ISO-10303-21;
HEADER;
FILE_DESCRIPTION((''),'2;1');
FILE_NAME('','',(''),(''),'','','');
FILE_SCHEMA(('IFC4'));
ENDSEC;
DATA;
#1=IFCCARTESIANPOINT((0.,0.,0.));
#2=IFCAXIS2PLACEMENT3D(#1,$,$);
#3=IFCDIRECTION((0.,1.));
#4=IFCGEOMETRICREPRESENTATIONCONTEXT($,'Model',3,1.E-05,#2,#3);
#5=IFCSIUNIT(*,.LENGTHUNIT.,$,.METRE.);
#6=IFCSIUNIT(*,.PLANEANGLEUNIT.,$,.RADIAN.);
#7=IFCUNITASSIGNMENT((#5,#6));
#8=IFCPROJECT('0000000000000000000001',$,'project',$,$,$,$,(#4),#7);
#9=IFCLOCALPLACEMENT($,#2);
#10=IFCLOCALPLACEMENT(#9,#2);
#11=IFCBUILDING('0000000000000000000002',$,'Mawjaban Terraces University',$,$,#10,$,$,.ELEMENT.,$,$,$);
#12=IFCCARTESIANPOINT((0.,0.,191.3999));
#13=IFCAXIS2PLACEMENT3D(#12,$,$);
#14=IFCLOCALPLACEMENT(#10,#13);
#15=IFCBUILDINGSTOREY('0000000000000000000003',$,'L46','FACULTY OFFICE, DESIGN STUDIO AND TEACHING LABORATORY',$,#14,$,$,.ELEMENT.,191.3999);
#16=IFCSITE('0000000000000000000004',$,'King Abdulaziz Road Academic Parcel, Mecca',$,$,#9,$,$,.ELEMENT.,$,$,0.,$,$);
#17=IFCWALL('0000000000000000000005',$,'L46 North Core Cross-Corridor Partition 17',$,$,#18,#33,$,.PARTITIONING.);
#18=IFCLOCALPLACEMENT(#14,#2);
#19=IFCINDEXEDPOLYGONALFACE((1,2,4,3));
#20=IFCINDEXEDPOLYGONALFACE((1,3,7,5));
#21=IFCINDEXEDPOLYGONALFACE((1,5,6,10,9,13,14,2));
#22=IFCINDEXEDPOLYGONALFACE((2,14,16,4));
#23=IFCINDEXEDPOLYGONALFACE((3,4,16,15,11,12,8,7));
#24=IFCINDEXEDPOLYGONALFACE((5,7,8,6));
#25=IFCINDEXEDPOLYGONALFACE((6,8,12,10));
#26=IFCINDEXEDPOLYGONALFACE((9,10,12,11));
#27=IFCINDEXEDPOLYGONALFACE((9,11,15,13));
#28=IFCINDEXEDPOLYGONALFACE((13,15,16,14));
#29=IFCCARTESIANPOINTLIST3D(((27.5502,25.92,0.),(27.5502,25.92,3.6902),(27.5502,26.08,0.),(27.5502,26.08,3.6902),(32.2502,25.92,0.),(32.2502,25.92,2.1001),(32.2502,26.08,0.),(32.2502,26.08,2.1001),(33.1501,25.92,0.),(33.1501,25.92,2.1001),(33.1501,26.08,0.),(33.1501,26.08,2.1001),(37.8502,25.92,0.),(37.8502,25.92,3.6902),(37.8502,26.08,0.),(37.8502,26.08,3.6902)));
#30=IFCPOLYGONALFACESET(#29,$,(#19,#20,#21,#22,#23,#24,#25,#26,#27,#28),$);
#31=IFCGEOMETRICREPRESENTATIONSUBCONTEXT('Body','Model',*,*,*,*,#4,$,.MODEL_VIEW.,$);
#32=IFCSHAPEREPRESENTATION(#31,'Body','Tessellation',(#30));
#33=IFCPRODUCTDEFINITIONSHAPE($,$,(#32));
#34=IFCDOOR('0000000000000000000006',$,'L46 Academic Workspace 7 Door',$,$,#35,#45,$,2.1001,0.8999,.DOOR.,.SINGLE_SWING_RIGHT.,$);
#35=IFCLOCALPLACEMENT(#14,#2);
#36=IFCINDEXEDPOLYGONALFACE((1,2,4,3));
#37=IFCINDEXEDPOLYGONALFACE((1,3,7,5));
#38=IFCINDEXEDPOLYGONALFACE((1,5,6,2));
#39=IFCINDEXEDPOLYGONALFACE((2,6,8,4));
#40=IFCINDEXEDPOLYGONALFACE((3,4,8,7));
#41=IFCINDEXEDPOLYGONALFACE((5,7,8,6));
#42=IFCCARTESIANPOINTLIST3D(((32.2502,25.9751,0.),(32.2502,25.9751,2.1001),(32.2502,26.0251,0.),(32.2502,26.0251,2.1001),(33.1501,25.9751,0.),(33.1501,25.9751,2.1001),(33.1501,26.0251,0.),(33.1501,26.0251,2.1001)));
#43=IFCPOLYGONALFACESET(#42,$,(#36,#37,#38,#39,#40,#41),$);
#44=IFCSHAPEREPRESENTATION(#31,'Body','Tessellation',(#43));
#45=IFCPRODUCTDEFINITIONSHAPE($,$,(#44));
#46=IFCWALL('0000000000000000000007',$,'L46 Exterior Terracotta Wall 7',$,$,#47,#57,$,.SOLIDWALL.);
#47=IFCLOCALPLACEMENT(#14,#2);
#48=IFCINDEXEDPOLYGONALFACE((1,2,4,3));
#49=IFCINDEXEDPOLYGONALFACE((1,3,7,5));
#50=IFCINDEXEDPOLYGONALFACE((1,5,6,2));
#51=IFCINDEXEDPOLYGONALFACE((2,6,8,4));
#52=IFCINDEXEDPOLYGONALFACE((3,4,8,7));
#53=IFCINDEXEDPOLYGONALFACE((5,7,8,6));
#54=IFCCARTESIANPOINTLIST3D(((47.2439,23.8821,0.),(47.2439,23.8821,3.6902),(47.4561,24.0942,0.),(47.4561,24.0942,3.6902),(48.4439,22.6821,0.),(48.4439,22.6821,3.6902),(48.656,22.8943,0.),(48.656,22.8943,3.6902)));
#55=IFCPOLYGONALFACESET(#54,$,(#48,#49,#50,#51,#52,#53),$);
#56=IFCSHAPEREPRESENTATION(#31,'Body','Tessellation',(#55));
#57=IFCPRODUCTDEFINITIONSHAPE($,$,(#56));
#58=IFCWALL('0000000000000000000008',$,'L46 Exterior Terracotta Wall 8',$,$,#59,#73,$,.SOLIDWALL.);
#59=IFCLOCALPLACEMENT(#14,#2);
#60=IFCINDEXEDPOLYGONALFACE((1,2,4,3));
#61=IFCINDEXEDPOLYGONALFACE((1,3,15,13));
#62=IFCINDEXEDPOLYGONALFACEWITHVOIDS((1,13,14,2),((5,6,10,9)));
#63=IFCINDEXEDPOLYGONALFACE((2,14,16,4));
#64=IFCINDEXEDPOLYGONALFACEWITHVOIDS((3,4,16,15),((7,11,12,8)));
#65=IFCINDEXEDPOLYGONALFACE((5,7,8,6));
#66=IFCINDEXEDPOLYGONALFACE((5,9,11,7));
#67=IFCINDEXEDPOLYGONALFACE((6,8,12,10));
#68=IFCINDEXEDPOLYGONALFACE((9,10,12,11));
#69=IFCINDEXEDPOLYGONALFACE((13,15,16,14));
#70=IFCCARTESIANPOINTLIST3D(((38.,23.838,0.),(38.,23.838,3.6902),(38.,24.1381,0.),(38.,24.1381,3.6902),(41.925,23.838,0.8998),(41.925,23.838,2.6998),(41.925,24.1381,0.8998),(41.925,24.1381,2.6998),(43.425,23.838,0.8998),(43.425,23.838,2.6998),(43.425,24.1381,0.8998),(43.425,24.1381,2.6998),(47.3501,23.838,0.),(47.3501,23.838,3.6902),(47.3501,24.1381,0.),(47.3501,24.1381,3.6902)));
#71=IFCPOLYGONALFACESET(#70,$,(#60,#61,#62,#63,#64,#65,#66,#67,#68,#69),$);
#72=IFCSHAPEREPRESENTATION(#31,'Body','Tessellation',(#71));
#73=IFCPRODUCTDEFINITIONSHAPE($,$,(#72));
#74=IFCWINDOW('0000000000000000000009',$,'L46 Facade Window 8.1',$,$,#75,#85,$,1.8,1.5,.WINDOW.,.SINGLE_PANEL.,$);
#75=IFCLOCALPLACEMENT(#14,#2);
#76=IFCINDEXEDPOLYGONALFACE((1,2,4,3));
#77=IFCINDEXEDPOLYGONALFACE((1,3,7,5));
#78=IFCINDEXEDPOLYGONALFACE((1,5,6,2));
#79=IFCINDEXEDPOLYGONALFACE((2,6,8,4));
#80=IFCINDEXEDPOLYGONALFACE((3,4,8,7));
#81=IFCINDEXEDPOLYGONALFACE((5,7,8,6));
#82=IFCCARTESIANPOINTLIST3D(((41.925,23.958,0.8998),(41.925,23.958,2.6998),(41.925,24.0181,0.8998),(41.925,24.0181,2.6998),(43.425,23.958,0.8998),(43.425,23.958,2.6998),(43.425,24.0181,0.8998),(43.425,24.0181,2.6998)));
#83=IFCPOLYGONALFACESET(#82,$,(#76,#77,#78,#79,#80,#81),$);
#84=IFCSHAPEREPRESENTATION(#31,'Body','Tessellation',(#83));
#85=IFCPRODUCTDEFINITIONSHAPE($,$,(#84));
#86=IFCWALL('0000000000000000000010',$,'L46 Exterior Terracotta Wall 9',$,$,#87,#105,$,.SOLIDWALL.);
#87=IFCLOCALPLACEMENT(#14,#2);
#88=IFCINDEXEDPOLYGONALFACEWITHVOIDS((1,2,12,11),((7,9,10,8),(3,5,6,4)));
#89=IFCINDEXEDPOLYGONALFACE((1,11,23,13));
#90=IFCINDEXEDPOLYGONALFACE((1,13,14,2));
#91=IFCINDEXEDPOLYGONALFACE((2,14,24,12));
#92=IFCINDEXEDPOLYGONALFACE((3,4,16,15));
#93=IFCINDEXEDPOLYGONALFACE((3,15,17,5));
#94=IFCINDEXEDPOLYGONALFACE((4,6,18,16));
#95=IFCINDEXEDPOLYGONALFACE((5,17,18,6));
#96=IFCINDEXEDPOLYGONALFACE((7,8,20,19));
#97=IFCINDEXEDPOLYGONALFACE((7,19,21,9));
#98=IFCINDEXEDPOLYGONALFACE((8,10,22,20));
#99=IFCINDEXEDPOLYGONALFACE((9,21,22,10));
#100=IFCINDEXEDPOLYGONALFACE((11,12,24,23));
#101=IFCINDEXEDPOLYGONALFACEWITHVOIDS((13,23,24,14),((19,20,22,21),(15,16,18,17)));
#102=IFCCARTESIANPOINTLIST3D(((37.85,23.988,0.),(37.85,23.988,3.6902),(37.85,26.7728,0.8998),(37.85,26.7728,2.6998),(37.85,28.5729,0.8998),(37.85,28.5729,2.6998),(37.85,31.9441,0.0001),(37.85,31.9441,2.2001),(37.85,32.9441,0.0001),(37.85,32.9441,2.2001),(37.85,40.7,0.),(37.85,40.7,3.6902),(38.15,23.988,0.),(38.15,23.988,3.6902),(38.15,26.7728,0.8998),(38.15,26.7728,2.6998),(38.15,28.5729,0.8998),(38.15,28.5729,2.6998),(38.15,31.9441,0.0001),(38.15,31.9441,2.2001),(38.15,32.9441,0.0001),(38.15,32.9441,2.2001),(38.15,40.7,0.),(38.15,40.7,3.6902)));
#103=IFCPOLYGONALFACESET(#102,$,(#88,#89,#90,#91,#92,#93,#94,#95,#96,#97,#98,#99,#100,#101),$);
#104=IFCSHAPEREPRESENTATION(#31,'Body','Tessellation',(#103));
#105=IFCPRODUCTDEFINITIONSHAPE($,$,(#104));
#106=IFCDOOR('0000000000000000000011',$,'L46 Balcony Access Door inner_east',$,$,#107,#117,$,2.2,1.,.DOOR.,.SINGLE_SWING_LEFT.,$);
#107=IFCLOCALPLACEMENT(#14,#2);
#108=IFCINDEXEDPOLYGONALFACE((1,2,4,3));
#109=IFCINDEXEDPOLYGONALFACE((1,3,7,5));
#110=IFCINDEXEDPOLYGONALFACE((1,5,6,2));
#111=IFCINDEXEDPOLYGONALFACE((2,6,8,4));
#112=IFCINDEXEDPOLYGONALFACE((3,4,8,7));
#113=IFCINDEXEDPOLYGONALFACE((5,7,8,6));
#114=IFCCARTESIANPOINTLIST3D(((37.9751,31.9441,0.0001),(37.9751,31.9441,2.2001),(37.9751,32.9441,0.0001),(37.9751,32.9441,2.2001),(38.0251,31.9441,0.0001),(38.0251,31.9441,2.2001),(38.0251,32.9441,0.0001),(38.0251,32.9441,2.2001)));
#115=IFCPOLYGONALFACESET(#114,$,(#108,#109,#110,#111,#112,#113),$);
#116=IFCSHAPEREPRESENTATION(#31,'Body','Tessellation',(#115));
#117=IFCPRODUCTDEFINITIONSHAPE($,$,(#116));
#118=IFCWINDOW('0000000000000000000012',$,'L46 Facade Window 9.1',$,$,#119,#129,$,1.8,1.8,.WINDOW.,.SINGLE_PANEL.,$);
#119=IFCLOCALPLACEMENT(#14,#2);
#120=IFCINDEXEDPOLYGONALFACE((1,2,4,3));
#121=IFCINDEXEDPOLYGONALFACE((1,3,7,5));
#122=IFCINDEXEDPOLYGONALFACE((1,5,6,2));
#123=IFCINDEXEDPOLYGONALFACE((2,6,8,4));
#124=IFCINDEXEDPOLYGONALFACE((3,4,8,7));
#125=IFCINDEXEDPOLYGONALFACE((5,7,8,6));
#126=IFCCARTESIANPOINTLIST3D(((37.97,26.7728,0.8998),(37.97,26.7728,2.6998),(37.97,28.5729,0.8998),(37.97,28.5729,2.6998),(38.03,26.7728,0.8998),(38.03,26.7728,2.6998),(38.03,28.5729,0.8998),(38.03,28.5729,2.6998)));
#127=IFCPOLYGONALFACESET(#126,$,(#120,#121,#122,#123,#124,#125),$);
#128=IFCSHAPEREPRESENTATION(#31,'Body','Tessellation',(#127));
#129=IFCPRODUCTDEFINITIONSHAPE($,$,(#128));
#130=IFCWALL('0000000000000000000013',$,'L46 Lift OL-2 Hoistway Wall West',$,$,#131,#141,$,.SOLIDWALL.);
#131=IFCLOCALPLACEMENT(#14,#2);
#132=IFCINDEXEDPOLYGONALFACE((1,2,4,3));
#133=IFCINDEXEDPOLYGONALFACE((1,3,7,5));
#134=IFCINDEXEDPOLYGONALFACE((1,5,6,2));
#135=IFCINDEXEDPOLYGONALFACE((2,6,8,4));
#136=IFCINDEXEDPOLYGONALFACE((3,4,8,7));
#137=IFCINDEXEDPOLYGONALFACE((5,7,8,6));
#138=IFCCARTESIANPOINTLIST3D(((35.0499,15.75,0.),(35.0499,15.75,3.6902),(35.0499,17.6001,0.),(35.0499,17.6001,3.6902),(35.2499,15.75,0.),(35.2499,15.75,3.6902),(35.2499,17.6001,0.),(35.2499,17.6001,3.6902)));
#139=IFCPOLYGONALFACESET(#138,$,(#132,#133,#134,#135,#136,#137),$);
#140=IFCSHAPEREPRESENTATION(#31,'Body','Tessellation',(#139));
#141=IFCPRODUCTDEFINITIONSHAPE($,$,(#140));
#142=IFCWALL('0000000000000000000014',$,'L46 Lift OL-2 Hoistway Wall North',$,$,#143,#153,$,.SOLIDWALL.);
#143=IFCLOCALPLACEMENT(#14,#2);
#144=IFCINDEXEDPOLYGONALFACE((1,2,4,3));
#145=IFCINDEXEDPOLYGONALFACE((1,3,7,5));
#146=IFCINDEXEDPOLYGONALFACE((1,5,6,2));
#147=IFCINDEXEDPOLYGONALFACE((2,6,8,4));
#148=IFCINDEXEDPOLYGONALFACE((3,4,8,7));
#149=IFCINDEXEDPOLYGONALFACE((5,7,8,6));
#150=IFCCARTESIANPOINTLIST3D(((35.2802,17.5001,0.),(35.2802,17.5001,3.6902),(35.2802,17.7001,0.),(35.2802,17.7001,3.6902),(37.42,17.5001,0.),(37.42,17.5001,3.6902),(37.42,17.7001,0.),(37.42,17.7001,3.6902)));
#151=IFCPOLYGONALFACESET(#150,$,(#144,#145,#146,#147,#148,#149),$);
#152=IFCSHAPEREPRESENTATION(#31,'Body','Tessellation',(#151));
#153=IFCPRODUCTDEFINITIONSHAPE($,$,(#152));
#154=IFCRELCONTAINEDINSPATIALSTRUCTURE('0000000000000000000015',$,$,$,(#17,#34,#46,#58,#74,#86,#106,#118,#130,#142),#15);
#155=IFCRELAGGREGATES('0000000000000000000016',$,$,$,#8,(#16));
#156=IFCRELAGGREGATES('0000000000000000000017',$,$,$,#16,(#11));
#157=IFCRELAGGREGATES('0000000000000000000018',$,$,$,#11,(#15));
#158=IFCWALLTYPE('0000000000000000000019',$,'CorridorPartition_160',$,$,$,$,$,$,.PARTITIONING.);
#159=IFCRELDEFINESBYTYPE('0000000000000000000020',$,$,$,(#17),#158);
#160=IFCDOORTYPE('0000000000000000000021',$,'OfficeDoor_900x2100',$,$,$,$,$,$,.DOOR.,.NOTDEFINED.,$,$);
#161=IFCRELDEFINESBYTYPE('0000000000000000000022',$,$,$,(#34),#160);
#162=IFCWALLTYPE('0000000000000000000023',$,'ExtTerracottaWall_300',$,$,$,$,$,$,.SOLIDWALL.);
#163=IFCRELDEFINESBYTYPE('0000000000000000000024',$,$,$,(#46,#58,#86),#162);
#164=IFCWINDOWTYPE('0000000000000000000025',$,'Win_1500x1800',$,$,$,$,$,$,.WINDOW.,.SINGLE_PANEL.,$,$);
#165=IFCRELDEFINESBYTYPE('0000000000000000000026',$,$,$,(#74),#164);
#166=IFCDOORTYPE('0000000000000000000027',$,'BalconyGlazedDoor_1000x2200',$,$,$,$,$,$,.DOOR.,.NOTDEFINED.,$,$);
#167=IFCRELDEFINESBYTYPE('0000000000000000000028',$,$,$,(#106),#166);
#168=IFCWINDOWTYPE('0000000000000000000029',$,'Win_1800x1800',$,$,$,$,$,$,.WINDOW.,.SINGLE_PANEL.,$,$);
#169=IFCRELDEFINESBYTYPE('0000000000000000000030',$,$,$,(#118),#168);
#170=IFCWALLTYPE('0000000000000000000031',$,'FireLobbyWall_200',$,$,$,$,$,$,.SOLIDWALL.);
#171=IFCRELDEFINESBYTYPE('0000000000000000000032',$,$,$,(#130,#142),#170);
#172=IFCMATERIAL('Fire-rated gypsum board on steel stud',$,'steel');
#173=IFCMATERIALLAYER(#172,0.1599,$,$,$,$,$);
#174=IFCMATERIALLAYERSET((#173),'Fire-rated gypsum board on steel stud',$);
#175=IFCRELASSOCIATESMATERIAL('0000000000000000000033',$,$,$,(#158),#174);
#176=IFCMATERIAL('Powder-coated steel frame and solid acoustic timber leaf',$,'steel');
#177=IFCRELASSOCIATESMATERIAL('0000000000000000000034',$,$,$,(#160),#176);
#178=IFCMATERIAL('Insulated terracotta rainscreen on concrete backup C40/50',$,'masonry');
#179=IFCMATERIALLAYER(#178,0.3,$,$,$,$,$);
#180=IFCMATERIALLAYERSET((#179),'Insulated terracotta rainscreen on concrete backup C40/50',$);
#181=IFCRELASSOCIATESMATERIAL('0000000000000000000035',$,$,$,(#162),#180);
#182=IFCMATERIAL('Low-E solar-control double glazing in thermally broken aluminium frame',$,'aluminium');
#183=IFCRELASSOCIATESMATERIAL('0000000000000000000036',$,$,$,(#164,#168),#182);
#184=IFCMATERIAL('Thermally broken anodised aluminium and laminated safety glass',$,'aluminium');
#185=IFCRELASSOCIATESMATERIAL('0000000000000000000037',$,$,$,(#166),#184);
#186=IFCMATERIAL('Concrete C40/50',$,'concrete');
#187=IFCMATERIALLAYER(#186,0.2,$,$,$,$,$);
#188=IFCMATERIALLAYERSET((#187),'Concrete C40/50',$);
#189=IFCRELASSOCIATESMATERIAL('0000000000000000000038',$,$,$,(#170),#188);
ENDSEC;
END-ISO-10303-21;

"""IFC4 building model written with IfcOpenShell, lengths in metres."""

from ifc_helpers import new_model, si_unit, direction, frame, frame_2d, origin, place, context, subcontext, project, spatial, rectangle, extrude, material, layer, layer_set, type_object, element, fill, save


model = new_model("IFC4")

# Units and contexts
model_context = context("Model", 3, precision=1e-05, world=origin(), true_north=direction((0.0, 1.0)))
body_context = subcontext(model_context, "Body", "Model", "MODEL_VIEW")
ifc_project = project(units=[si_unit("LENGTHUNIT", "METRE"), si_unit("PLANEANGLEUNIT", "RADIAN")], contexts=[model_context])

# Site, building, storey
site_placement = place(None, origin())
site = spatial("IfcSite", under=ifc_project, at=site_placement, Name="King Abdulaziz Road Academic Parcel, Mecca", CompositionType="ELEMENT", RefElevation=0.0)
building_placement = place(site_placement, origin())
building = spatial("IfcBuilding", under=site, at=building_placement, Name="Mawjaban Terraces University", CompositionType="ELEMENT")
storey_placement = place(building_placement, frame((0.0, 0.0, 191.3999)))
storey = spatial("IfcBuildingStorey", under=building, at=storey_placement, Name="L46", Description="FACULTY OFFICE, DESIGN STUDIO AND TEACHING LABORATORY", CompositionType="ELEMENT", Elevation=191.3999)

# Wall, opening, door
ifc_material_1 = material(Name="Fire-rated gypsum board on steel stud", Category="steel")
ifc_layer_1 = layer(ifc_material_1, 0.1599)
ifc_layer_set_1 = layer_set([ifc_layer_1], Name="Fire-rated gypsum board on steel stud")
wall_type_1 = type_object("IfcWallType", Name="CorridorPartition_160", PredefinedType="PARTITIONING", material=ifc_layer_set_1)
wall_1_placement = place(storey_placement, frame((37.8501, 26.0, 0.0), z_axis=(0.0, 0.0, 1.0), x_axis=(-1.0, 0.0, 0.0)))
wall_1 = element("IfcWall", 1, at=wall_1_placement, inside=storey, type_object=wall_type_1, Name="L46 North Core Cross-Corridor Partition 17", PredefinedType="PARTITIONING", context=body_context, shape_type="SweptSolid", body=[
    extrude(rectangle(XDim=10.3, YDim=0.1599, at=frame_2d((5.1499, 0.0))), origin(), (0.0, 0.0, 1.0), 3.6902),
])
opening_1_placement = place(wall_1_placement, frame((4.7, 0.0, 0.0)))
opening_1 = element("IfcOpeningElement", 2, at=opening_1_placement, cuts=wall_1, PredefinedType="OPENING", context=body_context, shape_type="SweptSolid", body=[
    extrude(rectangle(XDim=0.8999, YDim=2.1001, at=frame_2d((0.45, 1.05))), frame((0.0, 0.0898, 0.0), z_axis=(0.0, -1.0, 0.0), x_axis=(1.0, 0.0, 0.0)), (0.0, 0.0, 1.0), 0.1799),
])
ifc_material_2 = material(Name="Powder-coated steel frame and solid acoustic timber leaf", Category="steel")
door_type_1 = type_object("IfcDoorType", Name="OfficeDoor_900x2100", OperationType="NOTDEFINED", PredefinedType="DOOR", material=ifc_material_2)
door_1_placement = place(opening_1_placement, origin())
door_1 = element("IfcDoor", 3, at=door_1_placement, inside=storey, type_object=door_type_1, Name="L46 Academic Workspace 7 Door", OperationType="SINGLE_SWING_RIGHT", OverallHeight=2.1001, OverallWidth=0.8999, PredefinedType="DOOR", context=body_context, shape_type="SweptSolid", body=[
    extrude(rectangle(XDim=0.8999, YDim=2.1001, at=frame_2d((0.45, 1.05))), frame((0.0, 0.0249, 0.0), z_axis=(0.0, -1.0, 0.0), x_axis=(1.0, 0.0, 0.0)), (0.0, 0.0, 1.0), 0.05),
])
fill(opening_1, door_1)

# Wall
ifc_material_3 = material(Name="Insulated terracotta rainscreen on concrete backup C40/50", Category="masonry")
ifc_layer_2 = layer(ifc_material_3, 0.3)
ifc_layer_set_2 = layer_set([ifc_layer_2], Name="Insulated terracotta rainscreen on concrete backup C40/50")
wall_type_2 = type_object("IfcWallType", Name="ExtTerracottaWall_300", PredefinedType="SOLIDWALL", material=ifc_layer_set_2)
wall_2_placement = place(storey_placement, frame((48.55, 22.7881, 0.0), z_axis=(0.0, 0.0, 1.0), x_axis=(-0.707107, 0.707107, 0.0)))
element("IfcWall", 4, at=wall_2_placement, inside=storey, type_object=wall_type_2, Name="L46 Exterior Terracotta Wall 7", PredefinedType="SOLIDWALL", context=body_context, shape_type="SweptSolid", body=[
    extrude(rectangle(XDim=1.697, YDim=0.3, at=frame_2d((0.8486, 0.0))), origin(), (0.0, 0.0, 1.0), 3.6902),
])

# Wall, opening, window
wall_3_placement = place(storey_placement, frame((47.3501, 23.988, 0.0), z_axis=(0.0, 0.0, 1.0), x_axis=(-1.0, 0.0, 0.0)))
wall_3 = element("IfcWall", 5, at=wall_3_placement, inside=storey, type_object=wall_type_2, Name="L46 Exterior Terracotta Wall 8", PredefinedType="SOLIDWALL", context=body_context, shape_type="SweptSolid", body=[
    extrude(rectangle(XDim=9.3501, YDim=0.3, at=frame_2d((4.675, 0.0))), origin(), (0.0, 0.0, 1.0), 3.6902),
])
opening_2_placement = place(wall_3_placement, frame((3.925, 0.0, 0.8999)))
opening_2 = element("IfcOpeningElement", 6, at=opening_2_placement, cuts=wall_3, PredefinedType="OPENING", context=body_context, shape_type="SweptSolid", body=[
    extrude(rectangle(XDim=1.5, YDim=1.8, at=frame_2d((0.75, 0.8999))), frame((0.0, 0.1599, 0.0), z_axis=(0.0, -1.0, 0.0), x_axis=(1.0, 0.0, 0.0)), (0.0, 0.0, 1.0), 0.3201),
])
ifc_material_4 = material(Name="Low-E solar-control double glazing in thermally broken aluminium frame", Category="aluminium")
window_type_1 = type_object("IfcWindowType", Name="Win_1500x1800", PartitioningType="SINGLE_PANEL", PredefinedType="WINDOW", material=ifc_material_4)
window_1_placement = place(opening_2_placement, origin())
window_1 = element("IfcWindow", 7, at=window_1_placement, inside=storey, type_object=window_type_1, Name="L46 Facade Window 8.1", OverallHeight=1.8, OverallWidth=1.5, PartitioningType="SINGLE_PANEL", PredefinedType="WINDOW", context=body_context, shape_type="SweptSolid", body=[
    extrude(rectangle(XDim=1.5, YDim=1.8, at=frame_2d((0.75, 0.8999))), frame((0.0, 0.03, 0.0), z_axis=(0.0, -1.0, 0.0), x_axis=(1.0, 0.0, 0.0)), (0.0, 0.0, 1.0), 0.0601),
])
fill(opening_2, window_1)

# Wall, openings, door, window
wall_4_placement = place(storey_placement, frame((38.0, 23.988, 0.0), z_axis=(0.0, 0.0, 1.0), x_axis=(0.0, 1.0, 0.0)))
wall_4 = element("IfcWall", 8, at=wall_4_placement, inside=storey, type_object=wall_type_2, Name="L46 Exterior Terracotta Wall 9", PredefinedType="SOLIDWALL", context=body_context, shape_type="SweptSolid", body=[
    extrude(rectangle(XDim=16.7119, YDim=0.3, at=frame_2d((8.356, 0.0))), origin(), (0.0, 0.0, 1.0), 3.6902),
])
opening_3_placement = place(wall_4_placement, frame((7.9561, 0.0, 0.0)))
opening_3 = element("IfcOpeningElement", 9, at=opening_3_placement, cuts=wall_4, PredefinedType="OPENING", context=body_context, shape_type="SweptSolid", body=[
    extrude(rectangle(XDim=1.0, YDim=2.2, at=frame_2d((0.5, 1.1001))), frame((0.0, 0.1599, 0.0), z_axis=(0.0, -1.0, 0.0), x_axis=(1.0, 0.0, 0.0)), (0.0, 0.0, 1.0), 0.3201),
])
opening_4_placement = place(wall_4_placement, frame((2.7849, 0.0, 0.8999)))
opening_4 = element("IfcOpeningElement", 10, at=opening_4_placement, cuts=wall_4, PredefinedType="OPENING", context=body_context, shape_type="SweptSolid", body=[
    extrude(rectangle(XDim=1.8, YDim=1.8, at=frame_2d((0.8999, 0.8999))), frame((0.0, 0.1599, 0.0), z_axis=(0.0, -1.0, 0.0), x_axis=(1.0, 0.0, 0.0)), (0.0, 0.0, 1.0), 0.3201),
])
ifc_material_5 = material(Name="Thermally broken anodised aluminium and laminated safety glass", Category="aluminium")
door_type_2 = type_object("IfcDoorType", Name="BalconyGlazedDoor_1000x2200", OperationType="NOTDEFINED", PredefinedType="DOOR", material=ifc_material_5)
door_2_placement = place(opening_3_placement, origin())
door_2 = element("IfcDoor", 11, at=door_2_placement, inside=storey, type_object=door_type_2, Name="L46 Balcony Access Door inner_east", OperationType="SINGLE_SWING_LEFT", OverallHeight=2.2, OverallWidth=1.0, PredefinedType="DOOR", context=body_context, shape_type="SweptSolid", body=[
    extrude(rectangle(XDim=1.0, YDim=2.2, at=frame_2d((0.5, 1.1001))), frame((0.0, 0.0249, 0.0), z_axis=(0.0, -1.0, 0.0), x_axis=(1.0, 0.0, 0.0)), (0.0, 0.0, 1.0), 0.05),
])
fill(opening_3, door_2)
window_type_2 = type_object("IfcWindowType", Name="Win_1800x1800", PartitioningType="SINGLE_PANEL", PredefinedType="WINDOW", material=ifc_material_4)
window_2_placement = place(opening_4_placement, origin())
window_2 = element("IfcWindow", 12, at=window_2_placement, inside=storey, type_object=window_type_2, Name="L46 Facade Window 9.1", OverallHeight=1.8, OverallWidth=1.8, PartitioningType="SINGLE_PANEL", PredefinedType="WINDOW", context=body_context, shape_type="SweptSolid", body=[
    extrude(rectangle(XDim=1.8, YDim=1.8, at=frame_2d((0.8999, 0.8999))), frame((0.0, 0.03, 0.0), z_axis=(0.0, -1.0, 0.0), x_axis=(1.0, 0.0, 0.0)), (0.0, 0.0, 1.0), 0.0601),
])
fill(opening_4, window_2)

# Walls
ifc_material_6 = material(Name="Concrete C40/50", Category="concrete")
ifc_layer_3 = layer(ifc_material_6, 0.2)
ifc_layer_set_3 = layer_set([ifc_layer_3], Name="Concrete C40/50")
wall_type_3 = type_object("IfcWallType", Name="FireLobbyWall_200", PredefinedType="SOLIDWALL", material=ifc_layer_set_3)
wall_5_placement = place(storey_placement, frame((35.1499, 17.6001, 0.0), z_axis=(0.0, 0.0, 1.0), x_axis=(0.0, -1.0, 0.0)))
element("IfcWall", 13, at=wall_5_placement, inside=storey, type_object=wall_type_3, Name="L46 Lift OL-2 Hoistway Wall West", PredefinedType="SOLIDWALL", context=body_context, shape_type="SweptSolid", body=[
    extrude(rectangle(XDim=1.8501, YDim=0.2, at=frame_2d((0.925, 0.0))), origin(), (0.0, 0.0, 1.0), 3.6902),
])
wall_6_placement = place(storey_placement, frame((37.4199, 17.6001, 0.0), z_axis=(0.0, 0.0, 1.0), x_axis=(-1.0, 0.0, 0.0)))
element("IfcWall", 14, at=wall_6_placement, inside=storey, type_object=wall_type_3, Name="L46 Lift OL-2 Hoistway Wall North", PredefinedType="SOLIDWALL", context=body_context, shape_type="SweptSolid", body=[
    extrude(rectangle(XDim=2.1399, YDim=0.2, at=frame_2d((1.0698, 0.0))), origin(), (0.0, 0.0, 1.0), 3.6902),
])

save(model, "model.ifc")
